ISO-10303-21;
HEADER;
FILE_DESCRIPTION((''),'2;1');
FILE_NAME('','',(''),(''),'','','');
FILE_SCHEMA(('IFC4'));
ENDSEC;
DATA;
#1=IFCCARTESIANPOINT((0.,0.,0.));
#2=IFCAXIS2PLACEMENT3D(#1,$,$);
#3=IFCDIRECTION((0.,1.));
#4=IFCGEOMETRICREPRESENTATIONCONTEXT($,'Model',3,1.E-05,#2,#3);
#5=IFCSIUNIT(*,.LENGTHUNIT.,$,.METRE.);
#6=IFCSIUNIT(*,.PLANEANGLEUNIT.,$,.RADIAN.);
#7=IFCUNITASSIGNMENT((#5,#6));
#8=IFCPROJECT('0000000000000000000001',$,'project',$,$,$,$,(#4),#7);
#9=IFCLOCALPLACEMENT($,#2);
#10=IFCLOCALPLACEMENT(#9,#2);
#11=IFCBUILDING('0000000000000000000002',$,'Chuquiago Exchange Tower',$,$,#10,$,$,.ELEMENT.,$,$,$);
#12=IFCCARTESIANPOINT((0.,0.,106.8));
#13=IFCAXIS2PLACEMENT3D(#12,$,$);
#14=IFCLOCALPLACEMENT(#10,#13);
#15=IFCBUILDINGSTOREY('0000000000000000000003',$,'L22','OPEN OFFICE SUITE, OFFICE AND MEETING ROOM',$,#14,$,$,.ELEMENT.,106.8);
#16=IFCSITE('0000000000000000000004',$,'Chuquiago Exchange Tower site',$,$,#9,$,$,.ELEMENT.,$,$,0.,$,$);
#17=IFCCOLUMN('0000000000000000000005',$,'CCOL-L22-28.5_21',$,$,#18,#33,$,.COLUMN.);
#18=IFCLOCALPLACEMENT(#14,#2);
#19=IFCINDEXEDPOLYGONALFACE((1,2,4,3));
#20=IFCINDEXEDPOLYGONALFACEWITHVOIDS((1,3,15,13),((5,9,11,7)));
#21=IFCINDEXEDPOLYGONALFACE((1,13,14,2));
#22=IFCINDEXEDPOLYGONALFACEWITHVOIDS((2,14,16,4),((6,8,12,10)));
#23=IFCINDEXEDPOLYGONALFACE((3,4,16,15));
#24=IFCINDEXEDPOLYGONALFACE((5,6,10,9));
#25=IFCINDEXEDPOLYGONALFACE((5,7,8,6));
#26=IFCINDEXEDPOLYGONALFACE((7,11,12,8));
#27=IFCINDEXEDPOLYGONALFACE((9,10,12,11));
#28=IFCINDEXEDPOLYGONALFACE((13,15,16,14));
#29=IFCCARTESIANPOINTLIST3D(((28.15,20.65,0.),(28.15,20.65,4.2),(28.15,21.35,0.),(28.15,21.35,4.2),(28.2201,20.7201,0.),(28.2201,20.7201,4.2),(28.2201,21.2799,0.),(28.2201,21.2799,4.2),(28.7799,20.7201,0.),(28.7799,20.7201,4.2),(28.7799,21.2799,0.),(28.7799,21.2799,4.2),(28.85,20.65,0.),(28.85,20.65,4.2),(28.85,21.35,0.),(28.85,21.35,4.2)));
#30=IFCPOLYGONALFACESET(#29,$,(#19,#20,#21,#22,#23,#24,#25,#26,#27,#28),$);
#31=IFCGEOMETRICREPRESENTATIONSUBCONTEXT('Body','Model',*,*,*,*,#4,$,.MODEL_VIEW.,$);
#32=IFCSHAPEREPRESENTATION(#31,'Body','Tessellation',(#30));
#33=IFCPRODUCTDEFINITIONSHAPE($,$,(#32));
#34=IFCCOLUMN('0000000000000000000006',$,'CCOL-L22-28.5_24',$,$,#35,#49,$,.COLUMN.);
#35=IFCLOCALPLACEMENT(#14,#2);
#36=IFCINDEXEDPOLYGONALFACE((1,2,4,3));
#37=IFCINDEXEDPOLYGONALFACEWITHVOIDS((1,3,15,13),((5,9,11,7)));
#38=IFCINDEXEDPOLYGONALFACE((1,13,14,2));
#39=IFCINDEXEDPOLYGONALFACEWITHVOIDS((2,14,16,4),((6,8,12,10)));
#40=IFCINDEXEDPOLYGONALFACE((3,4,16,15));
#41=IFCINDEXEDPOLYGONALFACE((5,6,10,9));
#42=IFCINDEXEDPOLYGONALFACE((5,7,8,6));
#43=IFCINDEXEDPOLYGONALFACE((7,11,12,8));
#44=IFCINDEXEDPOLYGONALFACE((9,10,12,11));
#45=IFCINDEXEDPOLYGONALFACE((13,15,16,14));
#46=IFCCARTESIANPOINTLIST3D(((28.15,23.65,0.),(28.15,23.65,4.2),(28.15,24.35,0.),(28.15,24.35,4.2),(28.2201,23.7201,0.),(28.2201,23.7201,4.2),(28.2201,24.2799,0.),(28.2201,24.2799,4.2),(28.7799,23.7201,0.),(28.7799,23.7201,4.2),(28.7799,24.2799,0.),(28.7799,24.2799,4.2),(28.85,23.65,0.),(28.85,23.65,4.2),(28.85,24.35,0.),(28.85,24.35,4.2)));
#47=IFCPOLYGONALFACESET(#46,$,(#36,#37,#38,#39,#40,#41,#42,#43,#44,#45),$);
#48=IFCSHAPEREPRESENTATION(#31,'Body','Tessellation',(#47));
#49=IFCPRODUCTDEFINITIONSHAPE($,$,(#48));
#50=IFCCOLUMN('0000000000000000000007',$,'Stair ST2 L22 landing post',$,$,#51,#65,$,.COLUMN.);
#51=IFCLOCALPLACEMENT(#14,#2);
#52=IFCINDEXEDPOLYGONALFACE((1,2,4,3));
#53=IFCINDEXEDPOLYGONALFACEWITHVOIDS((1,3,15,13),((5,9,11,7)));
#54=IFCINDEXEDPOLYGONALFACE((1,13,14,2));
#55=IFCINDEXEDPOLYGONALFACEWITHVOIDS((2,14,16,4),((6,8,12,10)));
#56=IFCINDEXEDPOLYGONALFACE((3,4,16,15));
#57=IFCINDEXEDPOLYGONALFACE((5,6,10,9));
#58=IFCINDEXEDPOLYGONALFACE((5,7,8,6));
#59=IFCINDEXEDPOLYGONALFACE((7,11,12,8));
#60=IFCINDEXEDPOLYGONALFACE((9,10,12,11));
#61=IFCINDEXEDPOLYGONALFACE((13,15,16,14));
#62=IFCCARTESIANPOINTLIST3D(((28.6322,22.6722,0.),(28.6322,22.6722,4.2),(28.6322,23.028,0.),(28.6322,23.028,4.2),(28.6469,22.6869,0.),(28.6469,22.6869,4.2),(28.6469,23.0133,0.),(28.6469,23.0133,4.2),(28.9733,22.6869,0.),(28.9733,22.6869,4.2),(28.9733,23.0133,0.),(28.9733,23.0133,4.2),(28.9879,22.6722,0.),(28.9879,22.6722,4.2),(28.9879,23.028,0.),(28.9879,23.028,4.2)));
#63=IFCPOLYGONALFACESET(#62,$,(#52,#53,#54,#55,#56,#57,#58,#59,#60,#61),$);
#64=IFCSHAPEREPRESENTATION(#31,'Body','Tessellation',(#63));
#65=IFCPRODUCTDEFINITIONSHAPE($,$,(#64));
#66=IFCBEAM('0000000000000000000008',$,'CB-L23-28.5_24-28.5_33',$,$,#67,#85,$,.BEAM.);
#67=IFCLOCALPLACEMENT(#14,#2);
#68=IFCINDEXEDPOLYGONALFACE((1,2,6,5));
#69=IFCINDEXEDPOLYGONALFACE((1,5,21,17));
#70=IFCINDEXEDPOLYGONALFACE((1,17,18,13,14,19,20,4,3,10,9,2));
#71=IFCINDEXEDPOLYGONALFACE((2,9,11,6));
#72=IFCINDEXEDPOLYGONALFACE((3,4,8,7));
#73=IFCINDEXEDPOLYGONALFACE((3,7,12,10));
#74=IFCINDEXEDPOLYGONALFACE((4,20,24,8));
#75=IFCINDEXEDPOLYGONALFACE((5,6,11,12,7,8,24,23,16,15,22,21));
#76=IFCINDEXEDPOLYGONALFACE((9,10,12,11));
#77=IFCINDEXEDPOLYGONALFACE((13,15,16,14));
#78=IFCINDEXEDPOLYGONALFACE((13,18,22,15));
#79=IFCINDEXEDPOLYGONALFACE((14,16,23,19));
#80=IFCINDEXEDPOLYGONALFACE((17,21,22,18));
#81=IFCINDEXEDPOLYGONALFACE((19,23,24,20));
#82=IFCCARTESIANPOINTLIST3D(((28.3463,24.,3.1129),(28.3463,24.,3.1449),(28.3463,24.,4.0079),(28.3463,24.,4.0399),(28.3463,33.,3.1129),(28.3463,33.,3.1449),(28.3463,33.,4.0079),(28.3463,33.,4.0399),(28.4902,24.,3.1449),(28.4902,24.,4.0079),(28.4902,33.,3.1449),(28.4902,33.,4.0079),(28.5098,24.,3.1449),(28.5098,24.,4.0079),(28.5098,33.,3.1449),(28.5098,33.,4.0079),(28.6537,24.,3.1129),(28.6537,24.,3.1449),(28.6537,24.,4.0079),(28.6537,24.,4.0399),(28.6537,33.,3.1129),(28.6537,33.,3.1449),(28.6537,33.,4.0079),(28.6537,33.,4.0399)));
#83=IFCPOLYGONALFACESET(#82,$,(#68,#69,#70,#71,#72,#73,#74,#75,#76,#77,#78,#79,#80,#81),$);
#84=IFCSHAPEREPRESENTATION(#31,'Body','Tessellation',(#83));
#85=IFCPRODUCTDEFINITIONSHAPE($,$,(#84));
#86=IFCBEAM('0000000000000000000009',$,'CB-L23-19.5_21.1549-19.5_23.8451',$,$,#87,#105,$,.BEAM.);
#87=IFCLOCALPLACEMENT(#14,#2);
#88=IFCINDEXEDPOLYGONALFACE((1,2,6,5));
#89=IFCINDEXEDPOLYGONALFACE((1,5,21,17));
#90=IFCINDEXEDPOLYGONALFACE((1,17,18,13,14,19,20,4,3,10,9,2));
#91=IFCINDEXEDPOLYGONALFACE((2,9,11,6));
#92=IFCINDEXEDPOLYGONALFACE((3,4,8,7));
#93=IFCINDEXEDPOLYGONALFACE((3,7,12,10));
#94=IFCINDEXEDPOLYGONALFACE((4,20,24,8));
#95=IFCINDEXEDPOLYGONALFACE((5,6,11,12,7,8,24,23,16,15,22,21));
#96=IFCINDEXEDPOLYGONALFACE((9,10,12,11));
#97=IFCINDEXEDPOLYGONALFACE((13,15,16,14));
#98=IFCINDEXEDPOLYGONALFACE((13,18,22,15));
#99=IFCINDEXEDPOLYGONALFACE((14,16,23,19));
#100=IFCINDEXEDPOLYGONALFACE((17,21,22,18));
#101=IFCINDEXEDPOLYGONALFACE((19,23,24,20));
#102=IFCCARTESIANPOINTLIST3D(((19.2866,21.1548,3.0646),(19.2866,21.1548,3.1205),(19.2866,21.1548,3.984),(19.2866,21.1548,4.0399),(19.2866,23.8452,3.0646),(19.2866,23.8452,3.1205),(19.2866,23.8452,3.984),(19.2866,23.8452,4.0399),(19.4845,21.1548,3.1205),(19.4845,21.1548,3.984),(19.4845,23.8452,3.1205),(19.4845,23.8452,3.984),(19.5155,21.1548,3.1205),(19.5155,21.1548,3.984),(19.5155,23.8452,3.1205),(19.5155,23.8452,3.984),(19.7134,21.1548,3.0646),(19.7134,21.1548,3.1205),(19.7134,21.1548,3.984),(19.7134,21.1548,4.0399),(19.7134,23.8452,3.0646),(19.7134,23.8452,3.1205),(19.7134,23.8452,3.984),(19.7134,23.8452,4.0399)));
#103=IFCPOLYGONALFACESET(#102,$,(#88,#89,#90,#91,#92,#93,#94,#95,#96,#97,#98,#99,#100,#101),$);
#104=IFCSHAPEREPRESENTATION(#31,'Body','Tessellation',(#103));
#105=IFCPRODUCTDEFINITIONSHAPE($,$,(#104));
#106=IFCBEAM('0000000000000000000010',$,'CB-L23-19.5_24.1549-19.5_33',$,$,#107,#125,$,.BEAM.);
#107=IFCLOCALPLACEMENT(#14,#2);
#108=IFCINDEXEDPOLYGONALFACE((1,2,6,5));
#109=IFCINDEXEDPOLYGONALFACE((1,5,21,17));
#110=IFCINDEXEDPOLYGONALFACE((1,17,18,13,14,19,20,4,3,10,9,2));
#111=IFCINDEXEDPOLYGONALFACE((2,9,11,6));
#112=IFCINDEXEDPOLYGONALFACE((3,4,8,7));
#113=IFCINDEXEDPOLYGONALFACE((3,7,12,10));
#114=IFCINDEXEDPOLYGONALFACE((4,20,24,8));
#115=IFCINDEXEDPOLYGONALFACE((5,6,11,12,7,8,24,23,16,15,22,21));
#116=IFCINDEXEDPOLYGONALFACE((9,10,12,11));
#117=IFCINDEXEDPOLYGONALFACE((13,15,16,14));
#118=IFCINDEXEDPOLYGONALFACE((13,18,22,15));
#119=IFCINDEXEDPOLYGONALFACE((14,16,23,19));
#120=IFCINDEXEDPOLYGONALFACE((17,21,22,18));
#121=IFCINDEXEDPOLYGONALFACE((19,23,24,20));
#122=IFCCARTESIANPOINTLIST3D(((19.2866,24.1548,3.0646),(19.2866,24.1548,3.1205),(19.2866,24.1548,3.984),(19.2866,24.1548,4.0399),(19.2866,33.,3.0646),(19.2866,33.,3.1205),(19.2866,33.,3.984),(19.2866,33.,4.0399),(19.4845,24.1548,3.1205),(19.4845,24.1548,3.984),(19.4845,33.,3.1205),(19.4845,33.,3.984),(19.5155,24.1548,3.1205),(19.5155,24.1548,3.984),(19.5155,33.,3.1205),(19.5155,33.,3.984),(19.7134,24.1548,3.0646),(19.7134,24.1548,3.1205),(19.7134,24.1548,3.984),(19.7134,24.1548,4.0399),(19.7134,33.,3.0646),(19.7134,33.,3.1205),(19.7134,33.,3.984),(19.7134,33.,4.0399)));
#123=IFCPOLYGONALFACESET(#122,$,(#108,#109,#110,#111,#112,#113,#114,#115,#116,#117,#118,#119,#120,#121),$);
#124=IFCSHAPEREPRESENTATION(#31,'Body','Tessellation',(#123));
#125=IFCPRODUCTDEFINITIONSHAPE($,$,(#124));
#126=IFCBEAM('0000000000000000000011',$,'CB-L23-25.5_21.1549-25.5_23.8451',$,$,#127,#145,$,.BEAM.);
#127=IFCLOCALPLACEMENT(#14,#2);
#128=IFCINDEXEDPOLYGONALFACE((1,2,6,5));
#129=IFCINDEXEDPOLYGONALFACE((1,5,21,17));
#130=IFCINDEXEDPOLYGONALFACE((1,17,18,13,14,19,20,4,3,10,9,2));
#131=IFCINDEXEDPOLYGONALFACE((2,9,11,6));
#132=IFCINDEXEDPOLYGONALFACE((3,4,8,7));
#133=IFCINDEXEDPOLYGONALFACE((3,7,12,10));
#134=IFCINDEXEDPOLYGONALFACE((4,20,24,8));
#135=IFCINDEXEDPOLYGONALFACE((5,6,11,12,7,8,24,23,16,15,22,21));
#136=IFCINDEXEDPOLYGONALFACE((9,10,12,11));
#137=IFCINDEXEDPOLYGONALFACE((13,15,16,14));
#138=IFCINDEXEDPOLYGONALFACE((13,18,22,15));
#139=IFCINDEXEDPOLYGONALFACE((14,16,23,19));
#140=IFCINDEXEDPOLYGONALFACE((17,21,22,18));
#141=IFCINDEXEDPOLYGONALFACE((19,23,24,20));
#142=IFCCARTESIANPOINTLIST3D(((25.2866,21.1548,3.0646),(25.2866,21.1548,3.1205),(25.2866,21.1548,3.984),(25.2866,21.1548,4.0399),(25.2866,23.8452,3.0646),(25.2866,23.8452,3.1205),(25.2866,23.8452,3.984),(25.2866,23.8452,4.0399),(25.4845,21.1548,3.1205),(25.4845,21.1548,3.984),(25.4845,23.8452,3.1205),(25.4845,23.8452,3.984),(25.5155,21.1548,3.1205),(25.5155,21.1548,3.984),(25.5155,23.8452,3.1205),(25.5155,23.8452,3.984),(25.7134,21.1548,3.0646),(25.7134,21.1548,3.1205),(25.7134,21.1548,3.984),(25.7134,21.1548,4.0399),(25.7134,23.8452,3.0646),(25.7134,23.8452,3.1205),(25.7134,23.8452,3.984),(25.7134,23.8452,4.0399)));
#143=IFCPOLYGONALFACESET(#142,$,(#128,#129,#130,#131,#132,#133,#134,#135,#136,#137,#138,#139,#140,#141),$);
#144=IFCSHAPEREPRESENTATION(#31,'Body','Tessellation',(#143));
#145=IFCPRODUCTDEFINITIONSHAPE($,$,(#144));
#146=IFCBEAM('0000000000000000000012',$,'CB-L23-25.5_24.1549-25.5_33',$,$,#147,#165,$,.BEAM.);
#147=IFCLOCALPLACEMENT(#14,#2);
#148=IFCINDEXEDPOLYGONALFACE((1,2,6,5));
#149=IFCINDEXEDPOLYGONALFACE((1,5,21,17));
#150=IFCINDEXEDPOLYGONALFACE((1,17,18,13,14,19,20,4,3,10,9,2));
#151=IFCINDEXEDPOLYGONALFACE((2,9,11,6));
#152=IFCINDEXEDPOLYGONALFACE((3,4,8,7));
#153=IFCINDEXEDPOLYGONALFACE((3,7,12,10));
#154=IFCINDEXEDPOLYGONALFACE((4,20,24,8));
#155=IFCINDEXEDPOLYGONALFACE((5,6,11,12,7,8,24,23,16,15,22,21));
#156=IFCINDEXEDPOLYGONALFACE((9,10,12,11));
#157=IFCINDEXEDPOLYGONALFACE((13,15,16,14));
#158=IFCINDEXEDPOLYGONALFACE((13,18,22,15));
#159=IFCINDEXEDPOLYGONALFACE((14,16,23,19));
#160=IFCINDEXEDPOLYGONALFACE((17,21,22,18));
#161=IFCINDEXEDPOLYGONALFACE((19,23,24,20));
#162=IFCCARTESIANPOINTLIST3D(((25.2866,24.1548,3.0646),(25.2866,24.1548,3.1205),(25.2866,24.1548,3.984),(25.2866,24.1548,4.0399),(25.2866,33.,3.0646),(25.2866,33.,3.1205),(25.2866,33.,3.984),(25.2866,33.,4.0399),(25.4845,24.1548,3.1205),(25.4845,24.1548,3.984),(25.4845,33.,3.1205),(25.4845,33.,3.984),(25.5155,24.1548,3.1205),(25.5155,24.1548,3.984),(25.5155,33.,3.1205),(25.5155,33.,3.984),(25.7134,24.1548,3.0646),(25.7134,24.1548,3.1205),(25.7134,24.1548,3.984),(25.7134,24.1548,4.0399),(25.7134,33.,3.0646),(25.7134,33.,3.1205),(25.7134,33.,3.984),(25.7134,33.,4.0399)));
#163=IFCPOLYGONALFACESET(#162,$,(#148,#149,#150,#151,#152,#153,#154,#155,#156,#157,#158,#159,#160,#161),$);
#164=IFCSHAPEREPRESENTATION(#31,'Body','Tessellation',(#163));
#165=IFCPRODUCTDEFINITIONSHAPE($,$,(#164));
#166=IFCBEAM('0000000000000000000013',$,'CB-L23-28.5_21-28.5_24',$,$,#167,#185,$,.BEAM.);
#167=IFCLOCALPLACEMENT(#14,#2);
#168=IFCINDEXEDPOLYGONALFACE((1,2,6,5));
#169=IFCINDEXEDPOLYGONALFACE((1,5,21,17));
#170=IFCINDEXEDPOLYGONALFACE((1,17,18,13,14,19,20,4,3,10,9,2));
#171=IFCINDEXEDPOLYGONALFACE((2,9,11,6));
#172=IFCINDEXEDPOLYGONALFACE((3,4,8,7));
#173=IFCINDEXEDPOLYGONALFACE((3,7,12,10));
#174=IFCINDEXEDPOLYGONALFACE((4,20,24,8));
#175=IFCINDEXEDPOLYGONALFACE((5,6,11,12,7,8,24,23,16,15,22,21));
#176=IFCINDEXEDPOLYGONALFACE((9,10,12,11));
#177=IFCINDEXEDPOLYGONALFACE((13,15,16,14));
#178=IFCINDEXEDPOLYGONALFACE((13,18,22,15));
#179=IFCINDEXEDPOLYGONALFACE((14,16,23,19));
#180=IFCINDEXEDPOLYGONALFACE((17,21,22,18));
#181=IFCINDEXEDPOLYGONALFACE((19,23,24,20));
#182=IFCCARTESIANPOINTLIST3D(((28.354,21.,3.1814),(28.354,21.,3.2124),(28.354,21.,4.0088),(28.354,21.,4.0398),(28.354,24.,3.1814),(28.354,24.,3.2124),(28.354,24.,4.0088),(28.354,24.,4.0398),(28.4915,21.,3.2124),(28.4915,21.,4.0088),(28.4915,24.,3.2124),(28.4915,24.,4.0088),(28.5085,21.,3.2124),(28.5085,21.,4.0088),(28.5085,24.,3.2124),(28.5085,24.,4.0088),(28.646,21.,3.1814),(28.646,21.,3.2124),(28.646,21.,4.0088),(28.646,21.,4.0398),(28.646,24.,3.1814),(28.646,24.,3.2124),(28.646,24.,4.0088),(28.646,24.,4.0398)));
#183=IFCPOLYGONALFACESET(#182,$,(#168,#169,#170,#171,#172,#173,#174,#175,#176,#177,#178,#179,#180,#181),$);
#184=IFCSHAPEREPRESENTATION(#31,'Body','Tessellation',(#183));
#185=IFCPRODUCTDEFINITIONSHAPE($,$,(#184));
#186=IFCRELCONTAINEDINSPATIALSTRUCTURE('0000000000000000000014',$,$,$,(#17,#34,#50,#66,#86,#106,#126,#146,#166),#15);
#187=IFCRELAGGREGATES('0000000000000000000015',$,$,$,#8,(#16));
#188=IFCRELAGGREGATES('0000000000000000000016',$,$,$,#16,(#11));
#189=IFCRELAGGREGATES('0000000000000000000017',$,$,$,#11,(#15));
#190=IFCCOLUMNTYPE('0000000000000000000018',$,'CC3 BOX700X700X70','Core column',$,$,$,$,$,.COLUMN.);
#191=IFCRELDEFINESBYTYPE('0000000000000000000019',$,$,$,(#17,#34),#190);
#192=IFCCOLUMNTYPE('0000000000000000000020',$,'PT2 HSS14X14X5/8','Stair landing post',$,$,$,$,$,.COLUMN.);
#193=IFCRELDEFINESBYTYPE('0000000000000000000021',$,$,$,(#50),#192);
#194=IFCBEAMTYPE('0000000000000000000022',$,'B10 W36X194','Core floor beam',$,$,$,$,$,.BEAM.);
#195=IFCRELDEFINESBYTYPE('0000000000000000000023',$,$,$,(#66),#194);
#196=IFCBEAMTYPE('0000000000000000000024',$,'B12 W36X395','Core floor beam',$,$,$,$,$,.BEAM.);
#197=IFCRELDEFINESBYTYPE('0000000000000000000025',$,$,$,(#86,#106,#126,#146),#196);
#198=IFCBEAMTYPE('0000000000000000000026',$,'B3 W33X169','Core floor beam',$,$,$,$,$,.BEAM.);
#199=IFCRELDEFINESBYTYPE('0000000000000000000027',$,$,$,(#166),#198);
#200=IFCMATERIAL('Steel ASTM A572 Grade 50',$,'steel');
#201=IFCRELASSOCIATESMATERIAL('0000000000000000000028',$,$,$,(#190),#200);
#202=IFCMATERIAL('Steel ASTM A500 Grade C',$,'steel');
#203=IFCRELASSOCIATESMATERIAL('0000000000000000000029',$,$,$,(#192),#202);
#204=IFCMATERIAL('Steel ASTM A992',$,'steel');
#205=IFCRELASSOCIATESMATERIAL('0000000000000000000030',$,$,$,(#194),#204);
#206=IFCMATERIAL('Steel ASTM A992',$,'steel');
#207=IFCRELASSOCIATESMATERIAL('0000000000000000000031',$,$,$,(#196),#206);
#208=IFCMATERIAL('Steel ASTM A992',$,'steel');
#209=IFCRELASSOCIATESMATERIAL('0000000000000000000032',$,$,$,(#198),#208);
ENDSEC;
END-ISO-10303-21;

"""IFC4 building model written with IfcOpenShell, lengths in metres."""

from ifc_helpers import new_model, si_unit, direction, frame, origin, origin_2d, place, context, subcontext, project, spatial, hollow_rectangle, i_section, extrude, material, material_profile, profile_set, type_object, element, save


model = new_model("IFC4")

# Units and contexts
model_context = context("Model", 3, precision=1e-05, world=origin(), true_north=direction((0.0, 1.0)))
body_context = subcontext(model_context, "Body", "Model", "MODEL_VIEW")
ifc_project = project(units=[si_unit("LENGTHUNIT", "METRE"), si_unit("PLANEANGLEUNIT", "RADIAN")], contexts=[model_context])

# Site, building, storey
site_placement = place(None, origin())
site = spatial("IfcSite", under=ifc_project, at=site_placement, Name="Chuquiago Exchange Tower site", CompositionType="ELEMENT", RefElevation=0.0)
building_placement = place(site_placement, origin())
building = spatial("IfcBuilding", under=site, at=building_placement, Name="Chuquiago Exchange Tower", CompositionType="ELEMENT")
storey_placement = place(building_placement, frame((0.0, 0.0, 106.8)))
storey = spatial("IfcBuildingStorey", under=building, at=storey_placement, Name="L22", Description="OPEN OFFICE SUITE, OFFICE AND MEETING ROOM", CompositionType="ELEMENT", Elevation=106.8)

# Columns
ifc_material_1 = material(Name="Steel ASTM A572 Grade 50", Category="steel")
ifc_material_profile_1 = material_profile(ifc_material_1, hollow_rectangle(XDim=0.7, YDim=0.7, WallThickness=0.0701, at=origin_2d()), Name="BOX700X700X70")
ifc_profile_set_1 = profile_set([ifc_material_profile_1], Name="Steel ASTM A572 Grade 50")
column_type_1 = type_object("IfcColumnType", Name="CC3 BOX700X700X70", Description="Core column", PredefinedType="COLUMN", material=ifc_profile_set_1)
for number, where, z_axis, x_axis, name in (
    (1, (28.5, 21.0, 0.0), (0.0, 0.0, 1.0), (1.0, 0.0, 0.0), "CCOL-L22-28.5_21"),
    (2, (28.5, 24.0, 0.0), (0.0, 0.0, 1.0), (1.0, 0.0, 0.0), "CCOL-L22-28.5_24"),
):
    element("IfcColumn", number, at=place(storey_placement, frame(where, z_axis=z_axis, x_axis=x_axis)), inside=storey, type_object=column_type_1, Name=name, PredefinedType="COLUMN", context=body_context, shape_type="SweptSolid", body=[
        extrude(hollow_rectangle(XDim=0.7, YDim=0.7, WallThickness=0.0701, at=origin_2d()), origin(), (0.0, 0.0, 1.0), 4.2),
    ])
ifc_material_2 = material(Name="Steel ASTM A500 Grade C", Category="steel")
ifc_material_profile_2 = material_profile(ifc_material_2, hollow_rectangle(XDim=0.3557, YDim=0.3557, WallThickness=0.0146, at=origin_2d()), Name="HSS14X14X5/8")
ifc_profile_set_2 = profile_set([ifc_material_profile_2], Name="Steel ASTM A500 Grade C")
column_type_2 = type_object("IfcColumnType", Name="PT2 HSS14X14X5/8", Description="Stair landing post", PredefinedType="COLUMN", material=ifc_profile_set_2)
column_placement = place(storey_placement, frame((28.8101, 22.8501, 0.0), z_axis=(0.0, 0.0, 1.0), x_axis=(1.0, 0.0, 0.0)))
element("IfcColumn", 3, at=column_placement, inside=storey, type_object=column_type_2, Name="Stair ST2 L22 landing post", PredefinedType="COLUMN", context=body_context, shape_type="SweptSolid", body=[
    extrude(hollow_rectangle(XDim=0.3557, YDim=0.3557, WallThickness=0.0146, at=origin_2d()), origin(), (0.0, 0.0, 1.0), 4.2),
])

# Beams
ifc_material_3 = material(Name="Steel ASTM A992", Category="steel")
ifc_material_profile_3 = material_profile(ifc_material_3, i_section(OverallWidth=0.3074, OverallDepth=0.927, WebThickness=0.0195, FlangeThickness=0.032, at=origin_2d()), Name="W36X194")
ifc_profile_set_3 = profile_set([ifc_material_profile_3], Name="Steel ASTM A992")
beam_type_1 = type_object("IfcBeamType", Name="B10 W36X194", Description="Core floor beam", PredefinedType="BEAM", material=ifc_profile_set_3)
beam_1_placement = place(storey_placement, frame((28.5, 24.0, 3.5764), z_axis=(0.0, 1.0, 0.0), x_axis=(-1.0, 0.0, 0.0)))
element("IfcBeam", 4, at=beam_1_placement, inside=storey, type_object=beam_type_1, Name="CB-L23-28.5_24-28.5_33", PredefinedType="BEAM", context=body_context, shape_type="SweptSolid", body=[
    extrude(i_section(OverallWidth=0.3074, OverallDepth=0.927, WebThickness=0.0195, FlangeThickness=0.032, at=origin_2d()), origin(), (0.0, 0.0, 1.0), 9.0),
])
ifc_material_4 = material(Name="Steel ASTM A992", Category="steel")
ifc_material_profile_4 = material_profile(ifc_material_4, i_section(OverallWidth=0.4268, OverallDepth=0.9753, WebThickness=0.031, FlangeThickness=0.0559, at=origin_2d()), Name="W36X395")
ifc_profile_set_4 = profile_set([ifc_material_profile_4], Name="Steel ASTM A992")
beam_type_2 = type_object("IfcBeamType", Name="B12 W36X395", Description="Core floor beam", PredefinedType="BEAM", material=ifc_profile_set_4)
beam_2_placement = place(storey_placement, frame((19.5, 21.1548, 3.5522), z_axis=(0.0, 1.0, 0.0), x_axis=(-1.0, 0.0, 0.0)))
element("IfcBeam", 5, at=beam_2_placement, inside=storey, type_object=beam_type_2, Name="CB-L23-19.5_21.1549-19.5_23.8451", PredefinedType="BEAM", context=body_context, shape_type="SweptSolid", body=[
    extrude(i_section(OverallWidth=0.4268, OverallDepth=0.9753, WebThickness=0.031, FlangeThickness=0.0559, at=origin_2d()), origin(), (0.0, 0.0, 1.0), 2.6904),
])
beam_3_placement = place(storey_placement, frame((19.5, 24.1548, 3.5522), z_axis=(0.0, 1.0, 0.0), x_axis=(-1.0, 0.0, 0.0)))
element("IfcBeam", 6, at=beam_3_placement, inside=storey, type_object=beam_type_2, Name="CB-L23-19.5_24.1549-19.5_33", PredefinedType="BEAM", context=body_context, shape_type="SweptSolid", body=[
    extrude(i_section(OverallWidth=0.4268, OverallDepth=0.9753, WebThickness=0.031, FlangeThickness=0.0559, at=origin_2d()), origin(), (0.0, 0.0, 1.0), 8.8452),
])
beam_4_placement = place(storey_placement, frame((25.5, 21.1548, 3.5522), z_axis=(0.0, 1.0, 0.0), x_axis=(-1.0, 0.0, 0.0)))
element("IfcBeam", 7, at=beam_4_placement, inside=storey, type_object=beam_type_2, Name="CB-L23-25.5_21.1549-25.5_23.8451", PredefinedType="BEAM", context=body_context, shape_type="SweptSolid", body=[
    extrude(i_section(OverallWidth=0.4268, OverallDepth=0.9753, WebThickness=0.031, FlangeThickness=0.0559, at=origin_2d()), origin(), (0.0, 0.0, 1.0), 2.6904),
])
beam_5_placement = place(storey_placement, frame((25.5, 24.1548, 3.5522), z_axis=(0.0, 1.0, 0.0), x_axis=(-1.0, 0.0, 0.0)))
element("IfcBeam", 8, at=beam_5_placement, inside=storey, type_object=beam_type_2, Name="CB-L23-25.5_24.1549-25.5_33", PredefinedType="BEAM", context=body_context, shape_type="SweptSolid", body=[
    extrude(i_section(OverallWidth=0.4268, OverallDepth=0.9753, WebThickness=0.031, FlangeThickness=0.0559, at=origin_2d()), origin(), (0.0, 0.0, 1.0), 8.8452),
])
ifc_material_5 = material(Name="Steel ASTM A992", Category="steel")
ifc_material_profile_5 = material_profile(ifc_material_5, i_section(OverallWidth=0.292, OverallDepth=0.8584, WebThickness=0.0171, FlangeThickness=0.031, at=origin_2d()), Name="W33X169")
ifc_profile_set_5 = profile_set([ifc_material_profile_5], Name="Steel ASTM A992")
beam_type_3 = type_object("IfcBeamType", Name="B3 W33X169", Description="Core floor beam", PredefinedType="BEAM", material=ifc_profile_set_5)
beam_6_placement = place(storey_placement, frame((28.5, 21.0, 3.6106), z_axis=(0.0, 1.0, 0.0), x_axis=(-1.0, 0.0, 0.0)))
element("IfcBeam", 9, at=beam_6_placement, inside=storey, type_object=beam_type_3, Name="CB-L23-28.5_21-28.5_24", PredefinedType="BEAM", context=body_context, shape_type="SweptSolid", body=[
    extrude(i_section(OverallWidth=0.292, OverallDepth=0.8584, WebThickness=0.0171, FlangeThickness=0.031, at=origin_2d()), origin(), (0.0, 0.0, 1.0), 3.0),
])

save(model, "model.ifc")
